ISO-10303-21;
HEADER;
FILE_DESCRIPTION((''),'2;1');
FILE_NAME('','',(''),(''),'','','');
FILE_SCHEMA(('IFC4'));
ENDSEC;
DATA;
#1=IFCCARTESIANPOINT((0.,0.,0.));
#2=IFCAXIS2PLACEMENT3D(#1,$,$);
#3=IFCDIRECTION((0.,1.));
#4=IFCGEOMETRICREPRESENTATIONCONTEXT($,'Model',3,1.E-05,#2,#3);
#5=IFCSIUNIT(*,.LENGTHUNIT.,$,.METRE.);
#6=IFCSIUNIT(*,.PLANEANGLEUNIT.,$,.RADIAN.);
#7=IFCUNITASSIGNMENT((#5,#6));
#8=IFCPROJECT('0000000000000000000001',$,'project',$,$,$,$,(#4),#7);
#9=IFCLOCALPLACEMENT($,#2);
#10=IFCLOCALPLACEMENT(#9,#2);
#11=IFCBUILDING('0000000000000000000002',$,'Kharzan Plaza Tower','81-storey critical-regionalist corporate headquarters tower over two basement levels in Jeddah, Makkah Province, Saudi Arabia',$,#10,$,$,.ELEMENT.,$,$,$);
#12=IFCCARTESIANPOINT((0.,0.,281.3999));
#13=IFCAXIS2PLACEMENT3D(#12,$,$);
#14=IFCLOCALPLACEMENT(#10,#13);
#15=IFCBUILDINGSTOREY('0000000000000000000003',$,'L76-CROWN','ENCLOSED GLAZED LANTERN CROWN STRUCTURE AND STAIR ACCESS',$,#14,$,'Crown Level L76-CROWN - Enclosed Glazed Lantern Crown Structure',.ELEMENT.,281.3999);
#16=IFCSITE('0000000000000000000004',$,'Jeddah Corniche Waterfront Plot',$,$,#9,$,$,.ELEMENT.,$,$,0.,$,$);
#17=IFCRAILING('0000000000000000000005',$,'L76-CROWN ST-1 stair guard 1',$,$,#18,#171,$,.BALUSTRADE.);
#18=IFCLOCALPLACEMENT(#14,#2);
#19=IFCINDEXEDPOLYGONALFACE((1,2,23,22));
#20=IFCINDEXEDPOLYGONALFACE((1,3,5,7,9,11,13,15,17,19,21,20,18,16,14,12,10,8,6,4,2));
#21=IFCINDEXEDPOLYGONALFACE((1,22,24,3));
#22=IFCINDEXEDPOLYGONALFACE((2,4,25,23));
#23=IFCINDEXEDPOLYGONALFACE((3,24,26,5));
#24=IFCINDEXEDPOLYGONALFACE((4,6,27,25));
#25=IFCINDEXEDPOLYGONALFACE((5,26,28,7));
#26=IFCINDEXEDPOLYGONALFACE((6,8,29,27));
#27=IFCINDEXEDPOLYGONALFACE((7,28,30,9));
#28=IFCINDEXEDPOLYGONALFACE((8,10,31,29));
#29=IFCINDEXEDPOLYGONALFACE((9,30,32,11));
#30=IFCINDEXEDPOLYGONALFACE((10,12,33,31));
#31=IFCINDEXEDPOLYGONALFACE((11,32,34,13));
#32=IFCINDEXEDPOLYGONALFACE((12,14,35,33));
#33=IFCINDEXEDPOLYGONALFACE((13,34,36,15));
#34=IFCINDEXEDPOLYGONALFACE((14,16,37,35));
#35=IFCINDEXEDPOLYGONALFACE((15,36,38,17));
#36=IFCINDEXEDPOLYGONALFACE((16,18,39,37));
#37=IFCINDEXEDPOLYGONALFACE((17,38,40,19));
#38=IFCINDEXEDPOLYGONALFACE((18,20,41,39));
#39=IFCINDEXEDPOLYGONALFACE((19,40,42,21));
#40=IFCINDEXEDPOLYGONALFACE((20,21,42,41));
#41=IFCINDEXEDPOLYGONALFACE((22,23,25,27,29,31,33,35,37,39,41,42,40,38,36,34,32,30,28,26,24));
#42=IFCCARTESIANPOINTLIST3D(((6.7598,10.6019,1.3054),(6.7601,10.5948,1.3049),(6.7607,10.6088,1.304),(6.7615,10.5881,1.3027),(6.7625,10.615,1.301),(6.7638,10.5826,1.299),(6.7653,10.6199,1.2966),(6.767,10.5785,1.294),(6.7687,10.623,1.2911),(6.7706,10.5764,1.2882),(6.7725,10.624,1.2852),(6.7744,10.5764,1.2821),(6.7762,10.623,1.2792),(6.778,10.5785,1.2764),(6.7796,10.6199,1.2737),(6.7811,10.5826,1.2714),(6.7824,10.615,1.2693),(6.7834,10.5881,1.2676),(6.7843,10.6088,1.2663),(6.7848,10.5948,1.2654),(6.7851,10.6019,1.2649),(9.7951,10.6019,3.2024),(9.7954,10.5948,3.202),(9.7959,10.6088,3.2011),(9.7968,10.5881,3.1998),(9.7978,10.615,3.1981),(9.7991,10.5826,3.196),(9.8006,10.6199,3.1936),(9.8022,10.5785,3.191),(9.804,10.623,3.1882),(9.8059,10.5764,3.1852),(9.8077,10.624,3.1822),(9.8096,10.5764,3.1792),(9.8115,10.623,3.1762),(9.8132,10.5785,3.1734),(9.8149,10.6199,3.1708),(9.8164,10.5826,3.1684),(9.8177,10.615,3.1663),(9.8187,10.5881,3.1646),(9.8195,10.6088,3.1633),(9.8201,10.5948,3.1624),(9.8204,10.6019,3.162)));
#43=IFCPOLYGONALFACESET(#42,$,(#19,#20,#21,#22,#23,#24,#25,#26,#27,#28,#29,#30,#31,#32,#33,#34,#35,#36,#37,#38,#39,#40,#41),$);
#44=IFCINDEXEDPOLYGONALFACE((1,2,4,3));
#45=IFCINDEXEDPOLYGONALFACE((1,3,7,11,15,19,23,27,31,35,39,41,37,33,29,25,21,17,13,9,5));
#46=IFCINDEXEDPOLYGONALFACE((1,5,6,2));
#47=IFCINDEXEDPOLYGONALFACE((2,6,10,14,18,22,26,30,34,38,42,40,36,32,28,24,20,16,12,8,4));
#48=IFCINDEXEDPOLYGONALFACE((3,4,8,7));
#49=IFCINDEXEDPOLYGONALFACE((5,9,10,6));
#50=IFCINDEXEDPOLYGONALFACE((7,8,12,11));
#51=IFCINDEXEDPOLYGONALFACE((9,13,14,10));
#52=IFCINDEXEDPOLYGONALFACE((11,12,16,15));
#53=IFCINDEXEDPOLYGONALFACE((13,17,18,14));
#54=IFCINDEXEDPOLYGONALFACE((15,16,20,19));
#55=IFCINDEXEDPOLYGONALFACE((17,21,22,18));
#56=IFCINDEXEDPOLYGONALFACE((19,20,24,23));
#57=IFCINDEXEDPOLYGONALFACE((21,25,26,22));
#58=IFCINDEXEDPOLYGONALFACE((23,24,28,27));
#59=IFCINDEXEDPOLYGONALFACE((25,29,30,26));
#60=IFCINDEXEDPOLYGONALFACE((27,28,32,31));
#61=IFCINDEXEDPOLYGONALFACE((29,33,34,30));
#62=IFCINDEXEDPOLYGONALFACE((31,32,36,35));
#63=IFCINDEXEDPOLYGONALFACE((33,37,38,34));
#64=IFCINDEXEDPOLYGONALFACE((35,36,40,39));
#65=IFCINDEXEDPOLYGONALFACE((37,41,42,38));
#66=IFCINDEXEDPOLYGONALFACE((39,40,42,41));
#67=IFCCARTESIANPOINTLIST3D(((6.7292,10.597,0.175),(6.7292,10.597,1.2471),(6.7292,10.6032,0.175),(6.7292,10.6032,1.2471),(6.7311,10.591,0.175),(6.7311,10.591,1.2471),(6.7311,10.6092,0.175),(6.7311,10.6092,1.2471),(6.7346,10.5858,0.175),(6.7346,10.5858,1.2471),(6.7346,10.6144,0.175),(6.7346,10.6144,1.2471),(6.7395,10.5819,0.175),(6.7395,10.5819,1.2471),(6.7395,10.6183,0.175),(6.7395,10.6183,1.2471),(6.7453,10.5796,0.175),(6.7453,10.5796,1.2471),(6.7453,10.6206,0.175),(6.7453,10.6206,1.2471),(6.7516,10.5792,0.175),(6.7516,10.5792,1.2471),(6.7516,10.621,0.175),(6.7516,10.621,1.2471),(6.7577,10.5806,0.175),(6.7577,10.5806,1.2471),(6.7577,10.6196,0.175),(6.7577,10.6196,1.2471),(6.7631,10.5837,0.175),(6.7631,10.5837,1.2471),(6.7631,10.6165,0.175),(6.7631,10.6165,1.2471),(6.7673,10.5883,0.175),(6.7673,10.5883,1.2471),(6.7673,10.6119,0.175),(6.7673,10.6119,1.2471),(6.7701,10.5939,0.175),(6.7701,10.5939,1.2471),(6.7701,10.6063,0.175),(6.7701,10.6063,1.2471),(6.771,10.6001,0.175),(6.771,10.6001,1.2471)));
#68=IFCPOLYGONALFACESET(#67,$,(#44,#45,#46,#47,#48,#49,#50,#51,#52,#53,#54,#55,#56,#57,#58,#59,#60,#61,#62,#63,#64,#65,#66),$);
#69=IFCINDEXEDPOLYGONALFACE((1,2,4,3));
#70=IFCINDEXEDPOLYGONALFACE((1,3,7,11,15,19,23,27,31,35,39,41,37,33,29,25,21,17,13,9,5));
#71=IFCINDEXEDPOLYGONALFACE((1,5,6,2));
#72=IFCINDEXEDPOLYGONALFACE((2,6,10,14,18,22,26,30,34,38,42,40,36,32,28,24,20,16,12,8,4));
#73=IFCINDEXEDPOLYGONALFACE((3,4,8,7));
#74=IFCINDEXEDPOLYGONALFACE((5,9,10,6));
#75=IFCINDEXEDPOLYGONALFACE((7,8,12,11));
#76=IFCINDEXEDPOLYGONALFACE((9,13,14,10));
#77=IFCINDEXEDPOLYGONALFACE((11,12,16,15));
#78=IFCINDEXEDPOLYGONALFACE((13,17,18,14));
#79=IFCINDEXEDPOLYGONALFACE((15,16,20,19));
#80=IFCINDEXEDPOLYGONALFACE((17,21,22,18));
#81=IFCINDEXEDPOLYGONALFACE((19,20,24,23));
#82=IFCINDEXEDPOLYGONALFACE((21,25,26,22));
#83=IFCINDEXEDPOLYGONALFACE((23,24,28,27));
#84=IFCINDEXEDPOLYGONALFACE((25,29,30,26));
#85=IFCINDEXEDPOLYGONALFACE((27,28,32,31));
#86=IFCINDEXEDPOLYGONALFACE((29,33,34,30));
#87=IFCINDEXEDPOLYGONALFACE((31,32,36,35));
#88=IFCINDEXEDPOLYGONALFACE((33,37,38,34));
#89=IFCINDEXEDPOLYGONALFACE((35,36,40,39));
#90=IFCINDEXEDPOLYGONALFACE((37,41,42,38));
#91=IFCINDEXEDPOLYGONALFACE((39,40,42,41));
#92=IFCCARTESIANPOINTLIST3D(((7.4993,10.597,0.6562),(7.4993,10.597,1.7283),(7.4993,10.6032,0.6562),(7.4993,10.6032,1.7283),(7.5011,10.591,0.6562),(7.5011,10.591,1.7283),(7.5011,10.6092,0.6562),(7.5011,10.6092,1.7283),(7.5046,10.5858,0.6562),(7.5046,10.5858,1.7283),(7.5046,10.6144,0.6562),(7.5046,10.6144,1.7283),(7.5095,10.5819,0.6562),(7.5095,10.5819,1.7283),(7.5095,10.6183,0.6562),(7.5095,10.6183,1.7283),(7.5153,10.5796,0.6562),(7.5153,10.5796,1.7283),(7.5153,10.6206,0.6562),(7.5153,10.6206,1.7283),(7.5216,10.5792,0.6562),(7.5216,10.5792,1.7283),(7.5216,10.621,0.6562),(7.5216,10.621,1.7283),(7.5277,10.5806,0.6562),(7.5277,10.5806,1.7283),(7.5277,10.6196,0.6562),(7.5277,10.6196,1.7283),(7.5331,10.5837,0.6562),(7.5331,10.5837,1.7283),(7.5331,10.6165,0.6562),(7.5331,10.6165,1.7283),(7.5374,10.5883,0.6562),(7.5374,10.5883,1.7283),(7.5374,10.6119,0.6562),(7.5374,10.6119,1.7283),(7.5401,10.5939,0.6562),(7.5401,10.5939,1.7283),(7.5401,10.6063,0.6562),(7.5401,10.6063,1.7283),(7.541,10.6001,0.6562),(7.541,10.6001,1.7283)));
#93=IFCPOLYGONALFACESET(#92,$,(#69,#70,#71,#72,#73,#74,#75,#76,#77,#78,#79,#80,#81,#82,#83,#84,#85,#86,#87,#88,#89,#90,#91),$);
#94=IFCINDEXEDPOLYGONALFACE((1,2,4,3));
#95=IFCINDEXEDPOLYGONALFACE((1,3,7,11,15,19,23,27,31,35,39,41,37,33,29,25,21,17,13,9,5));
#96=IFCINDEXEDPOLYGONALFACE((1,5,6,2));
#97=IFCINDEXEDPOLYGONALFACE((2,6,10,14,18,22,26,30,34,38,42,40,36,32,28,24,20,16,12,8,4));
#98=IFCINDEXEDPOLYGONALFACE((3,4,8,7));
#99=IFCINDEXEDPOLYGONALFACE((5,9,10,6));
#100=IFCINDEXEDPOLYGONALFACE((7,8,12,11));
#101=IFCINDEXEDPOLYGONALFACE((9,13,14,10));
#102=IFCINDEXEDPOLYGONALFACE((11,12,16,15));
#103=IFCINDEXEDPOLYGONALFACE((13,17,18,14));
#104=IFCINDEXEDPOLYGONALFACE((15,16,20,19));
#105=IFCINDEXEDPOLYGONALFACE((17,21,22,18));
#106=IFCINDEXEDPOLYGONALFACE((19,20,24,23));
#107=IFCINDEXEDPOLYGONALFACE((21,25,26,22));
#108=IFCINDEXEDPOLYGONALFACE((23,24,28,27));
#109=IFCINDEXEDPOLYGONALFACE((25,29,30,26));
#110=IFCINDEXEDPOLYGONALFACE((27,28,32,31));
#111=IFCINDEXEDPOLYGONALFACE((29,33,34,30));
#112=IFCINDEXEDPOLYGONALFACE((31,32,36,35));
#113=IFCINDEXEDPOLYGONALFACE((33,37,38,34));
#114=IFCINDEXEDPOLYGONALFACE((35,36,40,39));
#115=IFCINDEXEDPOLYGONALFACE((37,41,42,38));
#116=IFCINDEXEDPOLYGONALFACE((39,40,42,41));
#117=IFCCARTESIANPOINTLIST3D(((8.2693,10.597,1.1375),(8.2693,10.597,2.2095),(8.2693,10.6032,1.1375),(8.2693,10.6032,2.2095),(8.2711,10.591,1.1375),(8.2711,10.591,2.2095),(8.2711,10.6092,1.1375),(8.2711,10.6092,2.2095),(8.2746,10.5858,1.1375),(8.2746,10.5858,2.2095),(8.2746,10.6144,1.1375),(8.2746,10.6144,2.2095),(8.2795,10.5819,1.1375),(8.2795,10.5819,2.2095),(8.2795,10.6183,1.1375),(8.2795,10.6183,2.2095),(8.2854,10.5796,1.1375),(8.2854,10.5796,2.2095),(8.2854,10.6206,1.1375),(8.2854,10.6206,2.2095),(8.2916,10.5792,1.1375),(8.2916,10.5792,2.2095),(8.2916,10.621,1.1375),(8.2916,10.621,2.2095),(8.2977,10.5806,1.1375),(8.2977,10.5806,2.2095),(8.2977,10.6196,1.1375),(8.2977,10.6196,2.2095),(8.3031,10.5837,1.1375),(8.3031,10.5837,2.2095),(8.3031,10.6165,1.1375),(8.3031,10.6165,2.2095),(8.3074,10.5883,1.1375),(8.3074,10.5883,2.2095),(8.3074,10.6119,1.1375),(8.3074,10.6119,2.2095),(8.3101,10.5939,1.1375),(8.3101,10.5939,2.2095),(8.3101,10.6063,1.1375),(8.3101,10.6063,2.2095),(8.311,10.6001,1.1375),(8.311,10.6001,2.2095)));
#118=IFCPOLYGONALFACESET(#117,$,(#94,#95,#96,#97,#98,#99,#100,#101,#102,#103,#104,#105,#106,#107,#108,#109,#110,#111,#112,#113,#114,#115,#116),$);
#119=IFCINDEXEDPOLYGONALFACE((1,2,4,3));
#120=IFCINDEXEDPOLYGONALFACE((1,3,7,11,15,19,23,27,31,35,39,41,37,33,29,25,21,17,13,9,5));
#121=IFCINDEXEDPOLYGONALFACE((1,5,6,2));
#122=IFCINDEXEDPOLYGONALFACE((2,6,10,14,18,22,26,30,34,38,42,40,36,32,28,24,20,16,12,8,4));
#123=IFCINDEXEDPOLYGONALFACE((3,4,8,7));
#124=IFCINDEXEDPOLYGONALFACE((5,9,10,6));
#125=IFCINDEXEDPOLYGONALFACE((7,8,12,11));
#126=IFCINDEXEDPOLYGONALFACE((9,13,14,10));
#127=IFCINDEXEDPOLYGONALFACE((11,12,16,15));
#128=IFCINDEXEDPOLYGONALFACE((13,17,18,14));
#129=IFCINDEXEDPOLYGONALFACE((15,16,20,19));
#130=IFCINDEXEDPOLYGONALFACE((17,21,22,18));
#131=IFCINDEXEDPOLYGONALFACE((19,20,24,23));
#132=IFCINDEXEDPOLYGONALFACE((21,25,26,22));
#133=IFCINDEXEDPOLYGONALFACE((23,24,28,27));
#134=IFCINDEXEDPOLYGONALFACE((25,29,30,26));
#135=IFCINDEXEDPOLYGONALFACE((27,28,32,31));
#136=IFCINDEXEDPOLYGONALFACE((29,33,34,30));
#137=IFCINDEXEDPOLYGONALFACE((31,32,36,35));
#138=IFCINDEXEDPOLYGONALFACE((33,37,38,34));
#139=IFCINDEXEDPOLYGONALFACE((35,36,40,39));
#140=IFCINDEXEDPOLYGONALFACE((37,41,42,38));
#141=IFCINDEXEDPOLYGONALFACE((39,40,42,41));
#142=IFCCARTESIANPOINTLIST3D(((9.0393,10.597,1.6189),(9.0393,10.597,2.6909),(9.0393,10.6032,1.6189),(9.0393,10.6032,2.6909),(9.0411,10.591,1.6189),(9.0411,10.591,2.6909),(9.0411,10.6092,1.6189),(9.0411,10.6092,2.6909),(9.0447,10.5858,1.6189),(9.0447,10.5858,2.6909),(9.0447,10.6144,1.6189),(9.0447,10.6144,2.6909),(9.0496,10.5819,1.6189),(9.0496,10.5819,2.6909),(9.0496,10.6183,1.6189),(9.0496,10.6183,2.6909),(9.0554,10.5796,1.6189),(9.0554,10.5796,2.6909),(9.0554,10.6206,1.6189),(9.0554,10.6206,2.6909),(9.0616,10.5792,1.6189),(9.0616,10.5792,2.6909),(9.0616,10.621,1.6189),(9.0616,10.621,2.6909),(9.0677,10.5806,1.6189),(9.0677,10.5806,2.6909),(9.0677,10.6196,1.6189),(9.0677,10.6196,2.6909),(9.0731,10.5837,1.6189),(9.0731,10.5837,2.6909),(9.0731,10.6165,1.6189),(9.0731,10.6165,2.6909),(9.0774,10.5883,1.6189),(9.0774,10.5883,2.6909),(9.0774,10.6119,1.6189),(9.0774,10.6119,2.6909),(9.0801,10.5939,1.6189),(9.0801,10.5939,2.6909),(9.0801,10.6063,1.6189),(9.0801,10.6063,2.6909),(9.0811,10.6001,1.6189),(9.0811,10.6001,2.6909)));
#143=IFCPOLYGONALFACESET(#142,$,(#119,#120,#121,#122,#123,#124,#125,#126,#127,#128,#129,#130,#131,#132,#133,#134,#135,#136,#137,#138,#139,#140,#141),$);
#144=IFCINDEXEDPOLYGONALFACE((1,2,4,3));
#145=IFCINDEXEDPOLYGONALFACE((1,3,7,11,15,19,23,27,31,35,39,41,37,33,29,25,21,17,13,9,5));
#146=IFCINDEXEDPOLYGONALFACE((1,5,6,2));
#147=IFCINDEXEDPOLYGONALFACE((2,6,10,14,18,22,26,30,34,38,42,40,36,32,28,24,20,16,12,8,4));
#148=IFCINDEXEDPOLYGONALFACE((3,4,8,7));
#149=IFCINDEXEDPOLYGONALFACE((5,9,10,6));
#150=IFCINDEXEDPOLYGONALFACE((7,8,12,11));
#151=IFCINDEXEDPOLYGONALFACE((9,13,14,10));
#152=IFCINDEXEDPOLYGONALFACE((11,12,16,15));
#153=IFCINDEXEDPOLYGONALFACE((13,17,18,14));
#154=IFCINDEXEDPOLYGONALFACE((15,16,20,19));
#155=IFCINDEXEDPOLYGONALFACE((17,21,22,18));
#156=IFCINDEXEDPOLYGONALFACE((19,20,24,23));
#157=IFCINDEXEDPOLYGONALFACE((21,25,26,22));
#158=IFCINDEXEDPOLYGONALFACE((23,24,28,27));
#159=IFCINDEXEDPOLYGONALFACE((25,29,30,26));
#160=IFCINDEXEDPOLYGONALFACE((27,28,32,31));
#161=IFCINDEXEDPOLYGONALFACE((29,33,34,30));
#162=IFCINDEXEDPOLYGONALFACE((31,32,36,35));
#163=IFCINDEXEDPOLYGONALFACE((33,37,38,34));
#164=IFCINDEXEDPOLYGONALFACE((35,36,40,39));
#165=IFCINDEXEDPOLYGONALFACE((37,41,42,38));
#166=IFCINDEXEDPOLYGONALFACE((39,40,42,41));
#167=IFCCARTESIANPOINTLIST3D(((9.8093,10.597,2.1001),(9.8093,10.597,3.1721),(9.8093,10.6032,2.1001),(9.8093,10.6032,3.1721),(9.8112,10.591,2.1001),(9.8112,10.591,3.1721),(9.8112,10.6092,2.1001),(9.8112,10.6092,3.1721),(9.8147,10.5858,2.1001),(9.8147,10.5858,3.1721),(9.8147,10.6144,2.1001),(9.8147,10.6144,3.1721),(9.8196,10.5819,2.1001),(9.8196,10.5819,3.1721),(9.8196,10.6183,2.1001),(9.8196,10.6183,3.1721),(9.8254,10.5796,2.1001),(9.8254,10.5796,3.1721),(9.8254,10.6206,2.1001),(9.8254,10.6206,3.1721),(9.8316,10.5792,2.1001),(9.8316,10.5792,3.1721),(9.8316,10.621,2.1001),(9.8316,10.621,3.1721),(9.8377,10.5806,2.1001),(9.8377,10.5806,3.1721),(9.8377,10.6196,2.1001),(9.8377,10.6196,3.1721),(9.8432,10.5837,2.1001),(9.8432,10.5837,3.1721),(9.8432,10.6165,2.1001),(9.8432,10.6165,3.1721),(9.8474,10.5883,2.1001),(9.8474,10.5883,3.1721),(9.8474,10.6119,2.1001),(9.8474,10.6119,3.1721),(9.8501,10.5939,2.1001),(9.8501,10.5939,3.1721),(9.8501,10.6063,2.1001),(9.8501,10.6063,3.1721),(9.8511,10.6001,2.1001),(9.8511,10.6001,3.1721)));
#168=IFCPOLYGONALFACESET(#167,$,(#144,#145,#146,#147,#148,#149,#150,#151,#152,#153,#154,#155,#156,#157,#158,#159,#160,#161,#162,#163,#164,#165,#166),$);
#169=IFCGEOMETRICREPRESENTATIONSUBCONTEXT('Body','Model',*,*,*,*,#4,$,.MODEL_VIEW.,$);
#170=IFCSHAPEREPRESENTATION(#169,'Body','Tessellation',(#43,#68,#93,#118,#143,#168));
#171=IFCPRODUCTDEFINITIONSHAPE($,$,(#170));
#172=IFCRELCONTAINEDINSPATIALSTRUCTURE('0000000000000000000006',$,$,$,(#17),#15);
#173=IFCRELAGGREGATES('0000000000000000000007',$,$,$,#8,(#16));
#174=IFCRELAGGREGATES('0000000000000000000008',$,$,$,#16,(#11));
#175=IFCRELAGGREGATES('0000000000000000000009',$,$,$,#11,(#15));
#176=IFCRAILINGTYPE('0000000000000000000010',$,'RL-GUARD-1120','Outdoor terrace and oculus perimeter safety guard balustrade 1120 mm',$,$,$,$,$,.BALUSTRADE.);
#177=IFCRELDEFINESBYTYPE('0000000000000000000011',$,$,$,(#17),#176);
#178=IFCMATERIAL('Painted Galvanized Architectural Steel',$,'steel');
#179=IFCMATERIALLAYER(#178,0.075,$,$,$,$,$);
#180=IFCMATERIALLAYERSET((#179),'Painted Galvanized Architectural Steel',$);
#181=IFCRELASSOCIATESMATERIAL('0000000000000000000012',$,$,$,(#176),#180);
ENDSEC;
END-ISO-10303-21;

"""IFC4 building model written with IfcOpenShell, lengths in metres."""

from ifc_helpers import new_model, si_unit, direction, frame, origin, origin_2d, place, context, subcontext, project, spatial, circle, extrude, source, transform, mapped, material, layer, layer_set, type_object, element, save


model = new_model("IFC4")

# Units and contexts
model_context = context("Model", 3, precision=1e-05, world=origin(), true_north=direction((0.0, 1.0)))
body_context = subcontext(model_context, "Body", "Model", "MODEL_VIEW")
ifc_project = project(units=[si_unit("LENGTHUNIT", "METRE"), si_unit("PLANEANGLEUNIT", "RADIAN")], contexts=[model_context])

# Site, building, storey
site_placement = place(None, origin())
site = spatial("IfcSite", under=ifc_project, at=site_placement, Name="Jeddah Corniche Waterfront Plot", CompositionType="ELEMENT", RefElevation=0.0)
building_placement = place(site_placement, origin())
building = spatial("IfcBuilding", under=site, at=building_placement, Name="Kharzan Plaza Tower", Description="81-storey critical-regionalist corporate headquarters tower over two basement levels in Jeddah, Makkah Province, Saudi Arabia", CompositionType="ELEMENT")
storey_placement = place(building_placement, frame((0.0, 0.0, 281.3999)))
storey = spatial("IfcBuildingStorey", under=building, at=storey_placement, Name="L76-CROWN", Description="ENCLOSED GLAZED LANTERN CROWN STRUCTURE AND STAIR ACCESS", LongName="Crown Level L76-CROWN - Enclosed Glazed Lantern Crown Structure", CompositionType="ELEMENT", Elevation=281.3999)

# Railing
ifc_material_1 = material(Name="Painted Galvanized Architectural Steel", Category="steel")
ifc_layer_1 = layer(ifc_material_1, 0.075)
ifc_layer_set_1 = layer_set([ifc_layer_1], Name="Painted Galvanized Architectural Steel")
railing_type_1 = type_object("IfcRailingType", Name="RL-GUARD-1120", Description="Outdoor terrace and oculus perimeter safety guard balustrade 1120 mm", PredefinedType="BALUSTRADE", material=ifc_layer_set_1)
shared_shape_1 = source(origin(), body_context, "Body", "SweptSolid", [
    extrude(circle(Radius=0.0239, at=origin_2d()), frame((0.0225, 0.0, 1.1101), z_axis=(0.847998, 0.0, 0.529999), x_axis=(0.0, 1.0, 0.0)), (0.0, 0.0, 1.0), 3.5793),
    extrude(circle(Radius=0.021, at=origin_2d()), origin(), (0.0, 0.0, 1.0), 1.072),
    extrude(circle(Radius=0.021, at=origin_2d()), frame((0.77, 0.0, 0.4812)), (0.0, 0.0, 1.0), 1.072),
    extrude(circle(Radius=0.021, at=origin_2d()), frame((1.54, 0.0, 0.9624)), (0.0, 0.0, 1.0), 1.072),
    extrude(circle(Radius=0.021, at=origin_2d()), frame((2.3101, 0.0, 1.4438)), (0.0, 0.0, 1.0), 1.072),
    extrude(circle(Radius=0.021, at=origin_2d()), frame((3.0801, 0.0, 1.925)), (0.0, 0.0, 1.0), 1.072),
])
railing_1_placement = place(storey_placement, frame((6.75, 10.6001, 0.175)))
element("IfcRailing", 1, at=railing_1_placement, inside=storey, type_object=railing_type_1, Name="L76-CROWN ST-1 stair guard 1", PredefinedType="BALUSTRADE", context=body_context, shape_type="MappedRepresentation", body=[
    mapped(shared_shape_1, transform((0.0, 0.0, 0.0), x_axis=(1.0, 0.0, 0.0), y_axis=(0.0, 1.0, 0.0), z_axis=(0.0, 0.0, 1.0))),
])

save(model, "model.ifc")
